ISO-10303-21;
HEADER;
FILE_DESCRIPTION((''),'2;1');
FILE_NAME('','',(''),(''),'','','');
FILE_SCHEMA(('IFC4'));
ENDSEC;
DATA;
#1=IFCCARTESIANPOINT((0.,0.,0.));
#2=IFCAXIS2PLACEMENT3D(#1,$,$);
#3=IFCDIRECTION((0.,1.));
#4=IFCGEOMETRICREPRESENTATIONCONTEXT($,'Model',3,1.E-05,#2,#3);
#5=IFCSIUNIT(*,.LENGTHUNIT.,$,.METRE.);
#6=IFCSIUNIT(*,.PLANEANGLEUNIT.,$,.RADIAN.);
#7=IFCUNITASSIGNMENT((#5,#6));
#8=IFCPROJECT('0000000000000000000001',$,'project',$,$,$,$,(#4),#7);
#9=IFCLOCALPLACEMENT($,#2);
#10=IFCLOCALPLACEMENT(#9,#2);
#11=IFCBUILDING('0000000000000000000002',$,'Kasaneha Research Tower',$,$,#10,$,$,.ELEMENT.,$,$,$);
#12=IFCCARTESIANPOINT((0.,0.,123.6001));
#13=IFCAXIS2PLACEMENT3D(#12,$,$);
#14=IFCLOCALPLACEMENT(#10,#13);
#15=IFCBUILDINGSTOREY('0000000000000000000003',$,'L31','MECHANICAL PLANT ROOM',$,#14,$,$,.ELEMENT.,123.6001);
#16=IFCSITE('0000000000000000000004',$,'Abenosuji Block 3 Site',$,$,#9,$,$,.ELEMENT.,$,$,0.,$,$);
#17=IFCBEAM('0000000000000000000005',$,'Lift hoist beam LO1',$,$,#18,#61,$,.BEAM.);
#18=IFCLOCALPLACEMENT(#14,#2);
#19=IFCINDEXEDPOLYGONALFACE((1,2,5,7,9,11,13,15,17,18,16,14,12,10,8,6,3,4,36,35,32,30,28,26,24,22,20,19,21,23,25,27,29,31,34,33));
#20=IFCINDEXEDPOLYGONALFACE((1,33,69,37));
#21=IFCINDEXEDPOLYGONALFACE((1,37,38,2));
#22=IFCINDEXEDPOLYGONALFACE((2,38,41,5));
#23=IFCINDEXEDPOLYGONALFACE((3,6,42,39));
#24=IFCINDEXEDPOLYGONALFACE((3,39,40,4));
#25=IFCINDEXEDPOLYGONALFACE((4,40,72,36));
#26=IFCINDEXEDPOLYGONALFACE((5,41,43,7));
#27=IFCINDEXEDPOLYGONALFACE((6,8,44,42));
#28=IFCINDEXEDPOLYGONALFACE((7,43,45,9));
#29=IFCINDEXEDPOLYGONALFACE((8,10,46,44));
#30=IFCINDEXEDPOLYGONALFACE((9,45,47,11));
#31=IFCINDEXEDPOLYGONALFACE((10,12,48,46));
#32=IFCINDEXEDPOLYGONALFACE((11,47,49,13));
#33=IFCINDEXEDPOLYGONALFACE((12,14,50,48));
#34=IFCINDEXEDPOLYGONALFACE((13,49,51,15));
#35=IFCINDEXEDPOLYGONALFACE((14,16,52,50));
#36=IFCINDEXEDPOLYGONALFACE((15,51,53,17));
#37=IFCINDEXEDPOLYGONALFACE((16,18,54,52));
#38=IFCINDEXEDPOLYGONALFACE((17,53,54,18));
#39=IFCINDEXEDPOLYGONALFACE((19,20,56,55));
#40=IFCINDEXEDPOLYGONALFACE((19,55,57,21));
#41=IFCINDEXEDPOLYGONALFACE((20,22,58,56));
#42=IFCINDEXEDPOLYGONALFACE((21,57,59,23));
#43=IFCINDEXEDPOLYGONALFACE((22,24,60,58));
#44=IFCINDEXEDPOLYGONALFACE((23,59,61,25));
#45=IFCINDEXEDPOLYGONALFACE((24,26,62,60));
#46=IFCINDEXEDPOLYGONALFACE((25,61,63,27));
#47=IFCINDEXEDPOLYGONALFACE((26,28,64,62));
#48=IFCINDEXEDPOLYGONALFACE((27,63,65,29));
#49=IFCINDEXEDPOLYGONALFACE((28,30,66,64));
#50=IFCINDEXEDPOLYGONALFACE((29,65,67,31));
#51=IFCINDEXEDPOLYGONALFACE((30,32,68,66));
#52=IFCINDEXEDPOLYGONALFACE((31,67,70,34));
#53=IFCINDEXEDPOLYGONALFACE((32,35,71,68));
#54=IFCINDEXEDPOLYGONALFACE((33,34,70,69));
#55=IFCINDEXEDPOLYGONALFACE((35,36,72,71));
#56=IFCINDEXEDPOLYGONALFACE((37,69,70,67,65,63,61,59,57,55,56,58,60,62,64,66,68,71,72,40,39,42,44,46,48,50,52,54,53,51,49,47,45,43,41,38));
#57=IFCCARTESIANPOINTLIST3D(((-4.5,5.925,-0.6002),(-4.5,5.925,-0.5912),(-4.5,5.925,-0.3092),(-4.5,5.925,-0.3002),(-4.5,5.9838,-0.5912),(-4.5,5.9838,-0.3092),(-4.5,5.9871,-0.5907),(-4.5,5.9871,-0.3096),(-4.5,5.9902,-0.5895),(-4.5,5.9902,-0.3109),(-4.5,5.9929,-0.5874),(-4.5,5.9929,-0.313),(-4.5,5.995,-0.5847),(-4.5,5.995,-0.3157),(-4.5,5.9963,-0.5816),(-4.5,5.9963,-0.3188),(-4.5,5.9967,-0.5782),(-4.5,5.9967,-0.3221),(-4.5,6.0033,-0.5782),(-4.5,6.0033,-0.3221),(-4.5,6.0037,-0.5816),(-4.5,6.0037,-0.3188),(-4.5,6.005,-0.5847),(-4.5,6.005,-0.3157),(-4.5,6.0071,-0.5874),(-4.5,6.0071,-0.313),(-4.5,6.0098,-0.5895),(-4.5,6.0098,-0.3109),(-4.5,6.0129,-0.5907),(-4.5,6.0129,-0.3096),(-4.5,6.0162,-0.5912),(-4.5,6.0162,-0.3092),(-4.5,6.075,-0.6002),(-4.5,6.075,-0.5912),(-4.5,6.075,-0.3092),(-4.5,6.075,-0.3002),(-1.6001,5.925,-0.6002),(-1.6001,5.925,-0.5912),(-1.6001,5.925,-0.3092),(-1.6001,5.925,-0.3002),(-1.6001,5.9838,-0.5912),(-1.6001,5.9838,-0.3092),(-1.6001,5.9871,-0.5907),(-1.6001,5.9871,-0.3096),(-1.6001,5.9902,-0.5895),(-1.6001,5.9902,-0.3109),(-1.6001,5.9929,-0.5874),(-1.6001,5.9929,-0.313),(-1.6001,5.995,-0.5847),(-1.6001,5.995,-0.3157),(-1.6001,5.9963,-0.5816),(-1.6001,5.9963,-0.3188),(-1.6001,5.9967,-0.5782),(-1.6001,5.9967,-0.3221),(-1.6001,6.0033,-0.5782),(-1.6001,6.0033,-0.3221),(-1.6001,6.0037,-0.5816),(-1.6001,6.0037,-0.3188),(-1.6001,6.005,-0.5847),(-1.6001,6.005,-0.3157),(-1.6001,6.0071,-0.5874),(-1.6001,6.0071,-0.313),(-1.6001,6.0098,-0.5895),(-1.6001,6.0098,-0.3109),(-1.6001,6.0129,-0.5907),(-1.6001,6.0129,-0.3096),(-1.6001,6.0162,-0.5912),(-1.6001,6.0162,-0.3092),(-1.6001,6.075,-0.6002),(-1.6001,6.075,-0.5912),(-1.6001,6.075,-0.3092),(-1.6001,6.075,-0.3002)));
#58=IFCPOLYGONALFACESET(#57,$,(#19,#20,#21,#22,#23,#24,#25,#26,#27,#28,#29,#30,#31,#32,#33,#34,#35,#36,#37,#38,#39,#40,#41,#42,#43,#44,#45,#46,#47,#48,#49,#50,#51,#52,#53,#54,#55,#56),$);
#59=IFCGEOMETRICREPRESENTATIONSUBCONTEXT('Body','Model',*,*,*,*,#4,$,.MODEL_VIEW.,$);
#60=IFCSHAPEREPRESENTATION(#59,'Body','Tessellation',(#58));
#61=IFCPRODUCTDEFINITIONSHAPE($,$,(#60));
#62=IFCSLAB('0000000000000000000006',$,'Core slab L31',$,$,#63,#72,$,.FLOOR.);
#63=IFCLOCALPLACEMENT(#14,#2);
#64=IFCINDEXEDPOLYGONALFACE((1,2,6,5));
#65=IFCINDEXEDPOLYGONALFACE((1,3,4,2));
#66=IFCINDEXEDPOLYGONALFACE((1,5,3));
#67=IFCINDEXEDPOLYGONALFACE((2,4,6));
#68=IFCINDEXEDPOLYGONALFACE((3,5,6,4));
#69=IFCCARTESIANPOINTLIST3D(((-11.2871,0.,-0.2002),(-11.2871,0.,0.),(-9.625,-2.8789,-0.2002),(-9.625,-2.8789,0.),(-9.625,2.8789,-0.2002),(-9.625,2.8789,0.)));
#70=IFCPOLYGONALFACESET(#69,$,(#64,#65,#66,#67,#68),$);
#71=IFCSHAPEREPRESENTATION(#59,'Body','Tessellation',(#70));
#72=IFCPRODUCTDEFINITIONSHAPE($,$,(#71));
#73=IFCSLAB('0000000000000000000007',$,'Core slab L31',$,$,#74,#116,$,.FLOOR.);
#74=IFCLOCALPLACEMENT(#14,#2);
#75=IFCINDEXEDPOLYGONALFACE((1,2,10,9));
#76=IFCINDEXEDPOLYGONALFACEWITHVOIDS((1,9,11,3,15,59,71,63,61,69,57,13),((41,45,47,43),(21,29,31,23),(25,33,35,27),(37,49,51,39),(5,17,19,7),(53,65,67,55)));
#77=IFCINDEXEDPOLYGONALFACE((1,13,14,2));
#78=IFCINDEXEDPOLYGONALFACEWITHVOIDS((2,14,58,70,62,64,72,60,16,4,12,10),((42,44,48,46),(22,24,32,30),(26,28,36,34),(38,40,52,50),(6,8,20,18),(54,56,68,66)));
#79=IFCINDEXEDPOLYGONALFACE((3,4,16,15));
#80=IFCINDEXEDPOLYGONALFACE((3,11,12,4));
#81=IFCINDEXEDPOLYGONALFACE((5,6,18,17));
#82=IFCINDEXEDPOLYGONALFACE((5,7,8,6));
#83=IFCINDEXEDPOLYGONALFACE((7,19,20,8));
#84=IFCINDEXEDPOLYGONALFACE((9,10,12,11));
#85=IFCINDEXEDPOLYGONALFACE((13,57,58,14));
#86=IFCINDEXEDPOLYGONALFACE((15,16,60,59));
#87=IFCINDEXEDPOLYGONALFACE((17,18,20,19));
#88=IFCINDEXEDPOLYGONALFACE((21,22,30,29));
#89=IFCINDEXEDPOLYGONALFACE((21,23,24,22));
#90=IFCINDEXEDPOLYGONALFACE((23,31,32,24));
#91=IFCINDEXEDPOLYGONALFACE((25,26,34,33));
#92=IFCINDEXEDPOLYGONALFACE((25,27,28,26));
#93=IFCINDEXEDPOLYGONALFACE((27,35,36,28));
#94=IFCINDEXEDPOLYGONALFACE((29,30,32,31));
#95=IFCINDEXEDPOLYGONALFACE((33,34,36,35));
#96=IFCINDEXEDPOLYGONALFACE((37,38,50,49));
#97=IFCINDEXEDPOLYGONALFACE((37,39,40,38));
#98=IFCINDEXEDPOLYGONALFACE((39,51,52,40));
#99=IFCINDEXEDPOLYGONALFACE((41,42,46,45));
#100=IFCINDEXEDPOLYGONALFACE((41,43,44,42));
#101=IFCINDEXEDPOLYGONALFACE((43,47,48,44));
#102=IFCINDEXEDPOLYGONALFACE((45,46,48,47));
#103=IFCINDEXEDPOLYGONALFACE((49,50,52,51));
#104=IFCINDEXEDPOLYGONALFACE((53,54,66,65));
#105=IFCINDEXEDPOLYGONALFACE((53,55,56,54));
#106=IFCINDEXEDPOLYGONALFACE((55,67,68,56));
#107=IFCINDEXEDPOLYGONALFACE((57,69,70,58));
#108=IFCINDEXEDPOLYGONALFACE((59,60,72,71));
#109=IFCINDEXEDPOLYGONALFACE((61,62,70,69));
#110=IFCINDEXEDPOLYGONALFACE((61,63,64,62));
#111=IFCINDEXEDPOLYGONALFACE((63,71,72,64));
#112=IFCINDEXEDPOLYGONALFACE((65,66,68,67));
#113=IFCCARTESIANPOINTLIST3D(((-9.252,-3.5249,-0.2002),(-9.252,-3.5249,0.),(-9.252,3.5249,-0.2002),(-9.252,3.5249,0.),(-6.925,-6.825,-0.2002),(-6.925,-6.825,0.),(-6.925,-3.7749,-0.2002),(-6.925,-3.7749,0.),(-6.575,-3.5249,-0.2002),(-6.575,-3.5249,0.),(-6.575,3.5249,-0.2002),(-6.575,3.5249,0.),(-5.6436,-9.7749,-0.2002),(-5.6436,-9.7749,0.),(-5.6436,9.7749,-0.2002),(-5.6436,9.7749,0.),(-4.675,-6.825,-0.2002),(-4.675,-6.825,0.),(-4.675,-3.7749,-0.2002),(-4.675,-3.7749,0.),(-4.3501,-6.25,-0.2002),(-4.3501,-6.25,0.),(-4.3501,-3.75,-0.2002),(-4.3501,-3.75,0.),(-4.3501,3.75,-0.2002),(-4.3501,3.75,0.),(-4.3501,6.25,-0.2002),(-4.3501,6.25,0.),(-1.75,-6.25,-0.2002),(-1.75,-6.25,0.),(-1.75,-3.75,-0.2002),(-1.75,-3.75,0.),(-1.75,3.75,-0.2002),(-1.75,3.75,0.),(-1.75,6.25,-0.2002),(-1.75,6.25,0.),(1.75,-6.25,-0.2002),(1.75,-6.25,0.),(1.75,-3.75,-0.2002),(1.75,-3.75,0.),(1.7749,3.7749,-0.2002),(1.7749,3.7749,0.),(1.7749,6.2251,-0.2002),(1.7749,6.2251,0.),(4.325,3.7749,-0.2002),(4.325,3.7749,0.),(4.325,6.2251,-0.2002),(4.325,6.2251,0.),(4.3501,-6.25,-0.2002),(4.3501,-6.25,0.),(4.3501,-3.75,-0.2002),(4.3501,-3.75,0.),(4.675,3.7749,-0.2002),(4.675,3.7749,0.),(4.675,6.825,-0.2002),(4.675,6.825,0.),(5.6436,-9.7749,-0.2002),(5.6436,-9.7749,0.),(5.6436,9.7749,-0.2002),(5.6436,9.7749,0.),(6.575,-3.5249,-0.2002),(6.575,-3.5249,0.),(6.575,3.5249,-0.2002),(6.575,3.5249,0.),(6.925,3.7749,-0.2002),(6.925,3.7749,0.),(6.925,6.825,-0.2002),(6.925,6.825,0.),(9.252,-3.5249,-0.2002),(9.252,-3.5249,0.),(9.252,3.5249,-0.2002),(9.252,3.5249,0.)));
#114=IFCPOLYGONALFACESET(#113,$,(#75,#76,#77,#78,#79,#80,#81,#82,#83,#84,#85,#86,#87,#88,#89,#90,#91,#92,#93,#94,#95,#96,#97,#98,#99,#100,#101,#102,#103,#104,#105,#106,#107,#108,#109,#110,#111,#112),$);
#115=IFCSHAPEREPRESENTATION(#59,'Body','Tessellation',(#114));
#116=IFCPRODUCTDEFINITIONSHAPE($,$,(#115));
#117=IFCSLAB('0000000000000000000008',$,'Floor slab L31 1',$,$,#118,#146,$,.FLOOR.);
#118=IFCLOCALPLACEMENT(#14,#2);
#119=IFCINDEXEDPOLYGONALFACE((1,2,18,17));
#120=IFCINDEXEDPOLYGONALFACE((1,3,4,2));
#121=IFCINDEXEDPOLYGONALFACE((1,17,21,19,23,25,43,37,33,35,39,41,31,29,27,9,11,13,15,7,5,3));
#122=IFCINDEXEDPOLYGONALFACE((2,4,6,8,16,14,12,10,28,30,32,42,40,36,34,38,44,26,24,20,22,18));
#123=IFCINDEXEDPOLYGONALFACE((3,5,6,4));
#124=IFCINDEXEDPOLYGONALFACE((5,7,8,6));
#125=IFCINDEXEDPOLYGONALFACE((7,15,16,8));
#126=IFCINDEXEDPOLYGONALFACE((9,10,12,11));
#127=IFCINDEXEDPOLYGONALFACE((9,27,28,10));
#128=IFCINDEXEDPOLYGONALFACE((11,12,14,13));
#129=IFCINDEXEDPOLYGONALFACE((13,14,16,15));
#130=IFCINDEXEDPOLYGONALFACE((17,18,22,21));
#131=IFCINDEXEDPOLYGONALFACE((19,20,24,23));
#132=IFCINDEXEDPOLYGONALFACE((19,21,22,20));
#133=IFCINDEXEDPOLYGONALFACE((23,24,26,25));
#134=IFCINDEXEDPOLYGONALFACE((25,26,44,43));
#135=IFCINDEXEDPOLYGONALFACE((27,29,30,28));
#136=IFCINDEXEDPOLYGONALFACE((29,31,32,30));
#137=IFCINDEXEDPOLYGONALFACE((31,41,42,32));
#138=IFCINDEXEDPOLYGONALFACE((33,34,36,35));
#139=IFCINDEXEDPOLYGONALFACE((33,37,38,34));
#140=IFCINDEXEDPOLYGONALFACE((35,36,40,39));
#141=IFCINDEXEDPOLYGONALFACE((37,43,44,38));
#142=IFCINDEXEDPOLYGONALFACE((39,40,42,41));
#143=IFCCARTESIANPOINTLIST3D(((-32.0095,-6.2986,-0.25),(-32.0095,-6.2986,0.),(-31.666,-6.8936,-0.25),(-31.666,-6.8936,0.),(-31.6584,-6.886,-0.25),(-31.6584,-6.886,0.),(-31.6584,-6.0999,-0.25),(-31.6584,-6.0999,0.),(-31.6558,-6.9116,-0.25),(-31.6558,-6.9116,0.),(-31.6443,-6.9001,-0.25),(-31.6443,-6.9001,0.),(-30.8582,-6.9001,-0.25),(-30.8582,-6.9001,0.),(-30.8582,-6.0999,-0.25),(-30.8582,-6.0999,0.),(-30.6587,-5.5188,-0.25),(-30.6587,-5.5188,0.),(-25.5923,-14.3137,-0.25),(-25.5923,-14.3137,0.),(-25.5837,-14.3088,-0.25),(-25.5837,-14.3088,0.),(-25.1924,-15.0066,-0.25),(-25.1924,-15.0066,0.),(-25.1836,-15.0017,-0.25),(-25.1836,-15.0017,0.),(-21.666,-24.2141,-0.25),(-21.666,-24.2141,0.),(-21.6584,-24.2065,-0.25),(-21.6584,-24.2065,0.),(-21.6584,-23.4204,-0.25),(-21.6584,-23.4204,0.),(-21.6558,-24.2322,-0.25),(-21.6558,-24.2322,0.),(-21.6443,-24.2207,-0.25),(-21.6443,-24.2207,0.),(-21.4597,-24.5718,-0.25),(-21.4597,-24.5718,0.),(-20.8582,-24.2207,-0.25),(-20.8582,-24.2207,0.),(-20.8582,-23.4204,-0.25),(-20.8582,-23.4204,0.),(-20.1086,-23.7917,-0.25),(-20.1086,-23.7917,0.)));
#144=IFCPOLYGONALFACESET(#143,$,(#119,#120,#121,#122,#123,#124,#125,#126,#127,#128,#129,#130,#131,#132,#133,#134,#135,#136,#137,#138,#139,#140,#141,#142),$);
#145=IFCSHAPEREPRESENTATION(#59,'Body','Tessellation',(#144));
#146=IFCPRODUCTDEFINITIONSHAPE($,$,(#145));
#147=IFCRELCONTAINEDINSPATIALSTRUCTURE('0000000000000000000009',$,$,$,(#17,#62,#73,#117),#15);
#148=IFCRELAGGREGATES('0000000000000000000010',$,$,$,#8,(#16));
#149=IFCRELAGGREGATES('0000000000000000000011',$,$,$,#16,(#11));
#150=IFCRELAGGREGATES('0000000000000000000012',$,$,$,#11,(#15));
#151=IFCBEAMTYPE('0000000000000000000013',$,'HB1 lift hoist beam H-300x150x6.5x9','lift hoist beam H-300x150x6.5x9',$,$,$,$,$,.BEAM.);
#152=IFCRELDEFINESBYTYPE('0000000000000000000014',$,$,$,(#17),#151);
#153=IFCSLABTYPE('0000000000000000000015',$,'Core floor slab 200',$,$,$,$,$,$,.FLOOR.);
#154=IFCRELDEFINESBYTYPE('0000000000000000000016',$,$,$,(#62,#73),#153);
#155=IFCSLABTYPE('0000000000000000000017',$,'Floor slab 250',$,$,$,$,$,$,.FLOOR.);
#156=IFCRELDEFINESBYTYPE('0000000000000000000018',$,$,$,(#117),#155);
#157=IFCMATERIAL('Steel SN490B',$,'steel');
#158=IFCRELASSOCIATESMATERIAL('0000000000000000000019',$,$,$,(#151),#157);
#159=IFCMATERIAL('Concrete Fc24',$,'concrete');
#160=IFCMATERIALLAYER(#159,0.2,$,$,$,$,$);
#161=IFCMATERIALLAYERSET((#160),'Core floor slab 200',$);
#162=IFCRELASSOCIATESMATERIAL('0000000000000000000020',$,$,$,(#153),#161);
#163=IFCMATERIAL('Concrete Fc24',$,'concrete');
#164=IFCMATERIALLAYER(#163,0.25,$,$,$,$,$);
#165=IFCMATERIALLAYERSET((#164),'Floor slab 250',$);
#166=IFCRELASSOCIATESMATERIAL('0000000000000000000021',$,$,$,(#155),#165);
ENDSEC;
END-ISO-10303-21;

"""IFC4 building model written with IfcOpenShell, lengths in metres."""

from ifc_helpers import new_model, si_unit, direction, frame, origin, origin_2d, place, context, subcontext, project, spatial, polyline, i_section, outline, extrude, material, layer, layer_set, material_profile, profile_set, type_object, element, save


model = new_model("IFC4")

# Units and contexts
model_context = context("Model", 3, precision=1e-05, world=origin(), true_north=direction((0.0, 1.0)))
body_context = subcontext(model_context, "Body", "Model", "MODEL_VIEW")
ifc_project = project(units=[si_unit("LENGTHUNIT", "METRE"), si_unit("PLANEANGLEUNIT", "RADIAN")], contexts=[model_context])

# Site, building, storey
site_placement = place(None, origin())
site = spatial("IfcSite", under=ifc_project, at=site_placement, Name="Abenosuji Block 3 Site", CompositionType="ELEMENT", RefElevation=0.0)
building_placement = place(site_placement, origin())
building = spatial("IfcBuilding", under=site, at=building_placement, Name="Kasaneha Research Tower", CompositionType="ELEMENT")
storey_placement = place(building_placement, frame((0.0, 0.0, 123.6001)))
storey = spatial("IfcBuildingStorey", under=building, at=storey_placement, Name="L31", Description="MECHANICAL PLANT ROOM", CompositionType="ELEMENT", Elevation=123.6001)

# Beam
ifc_material_1 = material(Name="Steel SN490B", Category="steel")
ifc_material_profile = material_profile(ifc_material_1, i_section(OverallWidth=0.1499, OverallDepth=0.3, WebThickness=0.0066, FlangeThickness=0.009, FilletRadius=0.0129, at=origin_2d()), Name="H-300x150x6.5x9")
ifc_profile_set = profile_set([ifc_material_profile], Name="Steel SN490B")
beam_type = type_object("IfcBeamType", Name="HB1 lift hoist beam H-300x150x6.5x9", Description="lift hoist beam H-300x150x6.5x9", PredefinedType="BEAM", material=ifc_profile_set)
beam_placement = place(storey_placement, frame((-4.5, 6.0, -0.4502), z_axis=(1.0, 0.0, 0.0), x_axis=(0.0, 1.0, 0.0)))
element("IfcBeam", 1, at=beam_placement, inside=storey, type_object=beam_type, Name="Lift hoist beam LO1", PredefinedType="BEAM", context=body_context, shape_type="SweptSolid", body=[
    extrude(i_section(OverallWidth=0.1499, OverallDepth=0.3, WebThickness=0.0066, FlangeThickness=0.009, FilletRadius=0.0129, at=origin_2d()), origin(), (0.0, 0.0, 1.0), 2.8999),
])

# Slabs
ifc_material_2 = material(Name="Concrete Fc24", Category="concrete")
ifc_layer_1 = layer(ifc_material_2, 0.2)
ifc_layer_set_1 = layer_set([ifc_layer_1], Name="Core floor slab 200")
slab_type_1 = type_object("IfcSlabType", Name="Core floor slab 200", PredefinedType="FLOOR", material=ifc_layer_set_1)
slab_1_placement = place(storey_placement, frame((0.0, 0.0, -0.2002)))
element("IfcSlab", 2, at=slab_1_placement, inside=storey, type_object=slab_type_1, Name="Core slab L31", PredefinedType="FLOOR", context=body_context, shape_type="SweptSolid", body=[
    extrude(outline(polyline([(-11.2871, 0.0), (-9.625, 2.8789), (-9.625, -2.8789), (-11.2871, 0.0)])), origin(), (0.0, 0.0, 1.0), 0.2002),
])
slab_2_placement = place(storey_placement, frame((0.0, 0.0, -0.2002)))
element("IfcSlab", 3, at=slab_2_placement, inside=storey, type_object=slab_type_1, Name="Core slab L31", PredefinedType="FLOOR", context=body_context, shape_type="SweptSolid", body=[
    extrude(outline(polyline([(-5.6436, 9.7749), (5.6436, 9.7749), (9.252, 3.5249), (6.575, 3.5249), (6.575, -3.5249), (9.252, -3.5249), (5.6436, -9.7749), (-5.6436, -9.7749), (-9.252, -3.5249), (-6.575, -3.5249), (-6.575, 3.5249), (-9.252, 3.5249), (-5.6436, 9.7749)]), holes=[polyline([(-6.925, -3.7749), (-6.925, -6.825), (-4.675, -6.825), (-4.675, -3.7749), (-6.925, -3.7749)]), polyline([(-4.3501, -3.75), (-4.3501, -6.25), (-1.75, -6.25), (-1.75, -3.75), (-4.3501, -3.75)]), polyline([(1.75, -3.75), (1.75, -6.25), (4.3501, -6.25), (4.3501, -3.75), (1.75, -3.75)]), polyline([(-4.3501, 6.25), (-4.3501, 3.75), (-1.75, 3.75), (-1.75, 6.25), (-4.3501, 6.25)]), polyline([(1.7749, 6.2251), (1.7749, 3.7749), (4.325, 3.7749), (4.325, 6.2251), (1.7749, 6.2251)]), polyline([(4.675, 6.825), (4.675, 3.7749), (6.925, 3.7749), (6.925, 6.825), (4.675, 6.825)])]), origin(), (0.0, 0.0, 1.0), 0.2002),
])
ifc_material_3 = material(Name="Concrete Fc24", Category="concrete")
ifc_layer_2 = layer(ifc_material_3, 0.25)
ifc_layer_set_2 = layer_set([ifc_layer_2], Name="Floor slab 250")
slab_type_2 = type_object("IfcSlabType", Name="Floor slab 250", PredefinedType="FLOOR", material=ifc_layer_set_2)
slab_3_placement = place(storey_placement, frame((0.0, 0.0, -0.25)))
element("IfcSlab", 4, at=slab_3_placement, inside=storey, type_object=slab_type_2, Name="Floor slab L31 1", PredefinedType="FLOOR", context=body_context, shape_type="SweptSolid", body=[
    extrude(outline(polyline([(-25.1924, -15.0066), (-25.1836, -15.0017), (-20.1086, -23.7917), (-21.4597, -24.5718), (-21.6558, -24.2322), (-21.6443, -24.2207), (-20.8582, -24.2207), (-20.8582, -23.4204), (-21.6584, -23.4204), (-21.6584, -24.2065), (-21.666, -24.2141), (-31.6558, -6.9116), (-31.6443, -6.9001), (-30.8582, -6.9001), (-30.8582, -6.0999), (-31.6584, -6.0999), (-31.6584, -6.886), (-31.666, -6.8936), (-32.0095, -6.2986), (-30.6587, -5.5188), (-25.5837, -14.3088), (-25.5923, -14.3137), (-25.1924, -15.0066)])), origin(), (0.0, 0.0, 1.0), 0.25),
])

save(model, "model.ifc")
